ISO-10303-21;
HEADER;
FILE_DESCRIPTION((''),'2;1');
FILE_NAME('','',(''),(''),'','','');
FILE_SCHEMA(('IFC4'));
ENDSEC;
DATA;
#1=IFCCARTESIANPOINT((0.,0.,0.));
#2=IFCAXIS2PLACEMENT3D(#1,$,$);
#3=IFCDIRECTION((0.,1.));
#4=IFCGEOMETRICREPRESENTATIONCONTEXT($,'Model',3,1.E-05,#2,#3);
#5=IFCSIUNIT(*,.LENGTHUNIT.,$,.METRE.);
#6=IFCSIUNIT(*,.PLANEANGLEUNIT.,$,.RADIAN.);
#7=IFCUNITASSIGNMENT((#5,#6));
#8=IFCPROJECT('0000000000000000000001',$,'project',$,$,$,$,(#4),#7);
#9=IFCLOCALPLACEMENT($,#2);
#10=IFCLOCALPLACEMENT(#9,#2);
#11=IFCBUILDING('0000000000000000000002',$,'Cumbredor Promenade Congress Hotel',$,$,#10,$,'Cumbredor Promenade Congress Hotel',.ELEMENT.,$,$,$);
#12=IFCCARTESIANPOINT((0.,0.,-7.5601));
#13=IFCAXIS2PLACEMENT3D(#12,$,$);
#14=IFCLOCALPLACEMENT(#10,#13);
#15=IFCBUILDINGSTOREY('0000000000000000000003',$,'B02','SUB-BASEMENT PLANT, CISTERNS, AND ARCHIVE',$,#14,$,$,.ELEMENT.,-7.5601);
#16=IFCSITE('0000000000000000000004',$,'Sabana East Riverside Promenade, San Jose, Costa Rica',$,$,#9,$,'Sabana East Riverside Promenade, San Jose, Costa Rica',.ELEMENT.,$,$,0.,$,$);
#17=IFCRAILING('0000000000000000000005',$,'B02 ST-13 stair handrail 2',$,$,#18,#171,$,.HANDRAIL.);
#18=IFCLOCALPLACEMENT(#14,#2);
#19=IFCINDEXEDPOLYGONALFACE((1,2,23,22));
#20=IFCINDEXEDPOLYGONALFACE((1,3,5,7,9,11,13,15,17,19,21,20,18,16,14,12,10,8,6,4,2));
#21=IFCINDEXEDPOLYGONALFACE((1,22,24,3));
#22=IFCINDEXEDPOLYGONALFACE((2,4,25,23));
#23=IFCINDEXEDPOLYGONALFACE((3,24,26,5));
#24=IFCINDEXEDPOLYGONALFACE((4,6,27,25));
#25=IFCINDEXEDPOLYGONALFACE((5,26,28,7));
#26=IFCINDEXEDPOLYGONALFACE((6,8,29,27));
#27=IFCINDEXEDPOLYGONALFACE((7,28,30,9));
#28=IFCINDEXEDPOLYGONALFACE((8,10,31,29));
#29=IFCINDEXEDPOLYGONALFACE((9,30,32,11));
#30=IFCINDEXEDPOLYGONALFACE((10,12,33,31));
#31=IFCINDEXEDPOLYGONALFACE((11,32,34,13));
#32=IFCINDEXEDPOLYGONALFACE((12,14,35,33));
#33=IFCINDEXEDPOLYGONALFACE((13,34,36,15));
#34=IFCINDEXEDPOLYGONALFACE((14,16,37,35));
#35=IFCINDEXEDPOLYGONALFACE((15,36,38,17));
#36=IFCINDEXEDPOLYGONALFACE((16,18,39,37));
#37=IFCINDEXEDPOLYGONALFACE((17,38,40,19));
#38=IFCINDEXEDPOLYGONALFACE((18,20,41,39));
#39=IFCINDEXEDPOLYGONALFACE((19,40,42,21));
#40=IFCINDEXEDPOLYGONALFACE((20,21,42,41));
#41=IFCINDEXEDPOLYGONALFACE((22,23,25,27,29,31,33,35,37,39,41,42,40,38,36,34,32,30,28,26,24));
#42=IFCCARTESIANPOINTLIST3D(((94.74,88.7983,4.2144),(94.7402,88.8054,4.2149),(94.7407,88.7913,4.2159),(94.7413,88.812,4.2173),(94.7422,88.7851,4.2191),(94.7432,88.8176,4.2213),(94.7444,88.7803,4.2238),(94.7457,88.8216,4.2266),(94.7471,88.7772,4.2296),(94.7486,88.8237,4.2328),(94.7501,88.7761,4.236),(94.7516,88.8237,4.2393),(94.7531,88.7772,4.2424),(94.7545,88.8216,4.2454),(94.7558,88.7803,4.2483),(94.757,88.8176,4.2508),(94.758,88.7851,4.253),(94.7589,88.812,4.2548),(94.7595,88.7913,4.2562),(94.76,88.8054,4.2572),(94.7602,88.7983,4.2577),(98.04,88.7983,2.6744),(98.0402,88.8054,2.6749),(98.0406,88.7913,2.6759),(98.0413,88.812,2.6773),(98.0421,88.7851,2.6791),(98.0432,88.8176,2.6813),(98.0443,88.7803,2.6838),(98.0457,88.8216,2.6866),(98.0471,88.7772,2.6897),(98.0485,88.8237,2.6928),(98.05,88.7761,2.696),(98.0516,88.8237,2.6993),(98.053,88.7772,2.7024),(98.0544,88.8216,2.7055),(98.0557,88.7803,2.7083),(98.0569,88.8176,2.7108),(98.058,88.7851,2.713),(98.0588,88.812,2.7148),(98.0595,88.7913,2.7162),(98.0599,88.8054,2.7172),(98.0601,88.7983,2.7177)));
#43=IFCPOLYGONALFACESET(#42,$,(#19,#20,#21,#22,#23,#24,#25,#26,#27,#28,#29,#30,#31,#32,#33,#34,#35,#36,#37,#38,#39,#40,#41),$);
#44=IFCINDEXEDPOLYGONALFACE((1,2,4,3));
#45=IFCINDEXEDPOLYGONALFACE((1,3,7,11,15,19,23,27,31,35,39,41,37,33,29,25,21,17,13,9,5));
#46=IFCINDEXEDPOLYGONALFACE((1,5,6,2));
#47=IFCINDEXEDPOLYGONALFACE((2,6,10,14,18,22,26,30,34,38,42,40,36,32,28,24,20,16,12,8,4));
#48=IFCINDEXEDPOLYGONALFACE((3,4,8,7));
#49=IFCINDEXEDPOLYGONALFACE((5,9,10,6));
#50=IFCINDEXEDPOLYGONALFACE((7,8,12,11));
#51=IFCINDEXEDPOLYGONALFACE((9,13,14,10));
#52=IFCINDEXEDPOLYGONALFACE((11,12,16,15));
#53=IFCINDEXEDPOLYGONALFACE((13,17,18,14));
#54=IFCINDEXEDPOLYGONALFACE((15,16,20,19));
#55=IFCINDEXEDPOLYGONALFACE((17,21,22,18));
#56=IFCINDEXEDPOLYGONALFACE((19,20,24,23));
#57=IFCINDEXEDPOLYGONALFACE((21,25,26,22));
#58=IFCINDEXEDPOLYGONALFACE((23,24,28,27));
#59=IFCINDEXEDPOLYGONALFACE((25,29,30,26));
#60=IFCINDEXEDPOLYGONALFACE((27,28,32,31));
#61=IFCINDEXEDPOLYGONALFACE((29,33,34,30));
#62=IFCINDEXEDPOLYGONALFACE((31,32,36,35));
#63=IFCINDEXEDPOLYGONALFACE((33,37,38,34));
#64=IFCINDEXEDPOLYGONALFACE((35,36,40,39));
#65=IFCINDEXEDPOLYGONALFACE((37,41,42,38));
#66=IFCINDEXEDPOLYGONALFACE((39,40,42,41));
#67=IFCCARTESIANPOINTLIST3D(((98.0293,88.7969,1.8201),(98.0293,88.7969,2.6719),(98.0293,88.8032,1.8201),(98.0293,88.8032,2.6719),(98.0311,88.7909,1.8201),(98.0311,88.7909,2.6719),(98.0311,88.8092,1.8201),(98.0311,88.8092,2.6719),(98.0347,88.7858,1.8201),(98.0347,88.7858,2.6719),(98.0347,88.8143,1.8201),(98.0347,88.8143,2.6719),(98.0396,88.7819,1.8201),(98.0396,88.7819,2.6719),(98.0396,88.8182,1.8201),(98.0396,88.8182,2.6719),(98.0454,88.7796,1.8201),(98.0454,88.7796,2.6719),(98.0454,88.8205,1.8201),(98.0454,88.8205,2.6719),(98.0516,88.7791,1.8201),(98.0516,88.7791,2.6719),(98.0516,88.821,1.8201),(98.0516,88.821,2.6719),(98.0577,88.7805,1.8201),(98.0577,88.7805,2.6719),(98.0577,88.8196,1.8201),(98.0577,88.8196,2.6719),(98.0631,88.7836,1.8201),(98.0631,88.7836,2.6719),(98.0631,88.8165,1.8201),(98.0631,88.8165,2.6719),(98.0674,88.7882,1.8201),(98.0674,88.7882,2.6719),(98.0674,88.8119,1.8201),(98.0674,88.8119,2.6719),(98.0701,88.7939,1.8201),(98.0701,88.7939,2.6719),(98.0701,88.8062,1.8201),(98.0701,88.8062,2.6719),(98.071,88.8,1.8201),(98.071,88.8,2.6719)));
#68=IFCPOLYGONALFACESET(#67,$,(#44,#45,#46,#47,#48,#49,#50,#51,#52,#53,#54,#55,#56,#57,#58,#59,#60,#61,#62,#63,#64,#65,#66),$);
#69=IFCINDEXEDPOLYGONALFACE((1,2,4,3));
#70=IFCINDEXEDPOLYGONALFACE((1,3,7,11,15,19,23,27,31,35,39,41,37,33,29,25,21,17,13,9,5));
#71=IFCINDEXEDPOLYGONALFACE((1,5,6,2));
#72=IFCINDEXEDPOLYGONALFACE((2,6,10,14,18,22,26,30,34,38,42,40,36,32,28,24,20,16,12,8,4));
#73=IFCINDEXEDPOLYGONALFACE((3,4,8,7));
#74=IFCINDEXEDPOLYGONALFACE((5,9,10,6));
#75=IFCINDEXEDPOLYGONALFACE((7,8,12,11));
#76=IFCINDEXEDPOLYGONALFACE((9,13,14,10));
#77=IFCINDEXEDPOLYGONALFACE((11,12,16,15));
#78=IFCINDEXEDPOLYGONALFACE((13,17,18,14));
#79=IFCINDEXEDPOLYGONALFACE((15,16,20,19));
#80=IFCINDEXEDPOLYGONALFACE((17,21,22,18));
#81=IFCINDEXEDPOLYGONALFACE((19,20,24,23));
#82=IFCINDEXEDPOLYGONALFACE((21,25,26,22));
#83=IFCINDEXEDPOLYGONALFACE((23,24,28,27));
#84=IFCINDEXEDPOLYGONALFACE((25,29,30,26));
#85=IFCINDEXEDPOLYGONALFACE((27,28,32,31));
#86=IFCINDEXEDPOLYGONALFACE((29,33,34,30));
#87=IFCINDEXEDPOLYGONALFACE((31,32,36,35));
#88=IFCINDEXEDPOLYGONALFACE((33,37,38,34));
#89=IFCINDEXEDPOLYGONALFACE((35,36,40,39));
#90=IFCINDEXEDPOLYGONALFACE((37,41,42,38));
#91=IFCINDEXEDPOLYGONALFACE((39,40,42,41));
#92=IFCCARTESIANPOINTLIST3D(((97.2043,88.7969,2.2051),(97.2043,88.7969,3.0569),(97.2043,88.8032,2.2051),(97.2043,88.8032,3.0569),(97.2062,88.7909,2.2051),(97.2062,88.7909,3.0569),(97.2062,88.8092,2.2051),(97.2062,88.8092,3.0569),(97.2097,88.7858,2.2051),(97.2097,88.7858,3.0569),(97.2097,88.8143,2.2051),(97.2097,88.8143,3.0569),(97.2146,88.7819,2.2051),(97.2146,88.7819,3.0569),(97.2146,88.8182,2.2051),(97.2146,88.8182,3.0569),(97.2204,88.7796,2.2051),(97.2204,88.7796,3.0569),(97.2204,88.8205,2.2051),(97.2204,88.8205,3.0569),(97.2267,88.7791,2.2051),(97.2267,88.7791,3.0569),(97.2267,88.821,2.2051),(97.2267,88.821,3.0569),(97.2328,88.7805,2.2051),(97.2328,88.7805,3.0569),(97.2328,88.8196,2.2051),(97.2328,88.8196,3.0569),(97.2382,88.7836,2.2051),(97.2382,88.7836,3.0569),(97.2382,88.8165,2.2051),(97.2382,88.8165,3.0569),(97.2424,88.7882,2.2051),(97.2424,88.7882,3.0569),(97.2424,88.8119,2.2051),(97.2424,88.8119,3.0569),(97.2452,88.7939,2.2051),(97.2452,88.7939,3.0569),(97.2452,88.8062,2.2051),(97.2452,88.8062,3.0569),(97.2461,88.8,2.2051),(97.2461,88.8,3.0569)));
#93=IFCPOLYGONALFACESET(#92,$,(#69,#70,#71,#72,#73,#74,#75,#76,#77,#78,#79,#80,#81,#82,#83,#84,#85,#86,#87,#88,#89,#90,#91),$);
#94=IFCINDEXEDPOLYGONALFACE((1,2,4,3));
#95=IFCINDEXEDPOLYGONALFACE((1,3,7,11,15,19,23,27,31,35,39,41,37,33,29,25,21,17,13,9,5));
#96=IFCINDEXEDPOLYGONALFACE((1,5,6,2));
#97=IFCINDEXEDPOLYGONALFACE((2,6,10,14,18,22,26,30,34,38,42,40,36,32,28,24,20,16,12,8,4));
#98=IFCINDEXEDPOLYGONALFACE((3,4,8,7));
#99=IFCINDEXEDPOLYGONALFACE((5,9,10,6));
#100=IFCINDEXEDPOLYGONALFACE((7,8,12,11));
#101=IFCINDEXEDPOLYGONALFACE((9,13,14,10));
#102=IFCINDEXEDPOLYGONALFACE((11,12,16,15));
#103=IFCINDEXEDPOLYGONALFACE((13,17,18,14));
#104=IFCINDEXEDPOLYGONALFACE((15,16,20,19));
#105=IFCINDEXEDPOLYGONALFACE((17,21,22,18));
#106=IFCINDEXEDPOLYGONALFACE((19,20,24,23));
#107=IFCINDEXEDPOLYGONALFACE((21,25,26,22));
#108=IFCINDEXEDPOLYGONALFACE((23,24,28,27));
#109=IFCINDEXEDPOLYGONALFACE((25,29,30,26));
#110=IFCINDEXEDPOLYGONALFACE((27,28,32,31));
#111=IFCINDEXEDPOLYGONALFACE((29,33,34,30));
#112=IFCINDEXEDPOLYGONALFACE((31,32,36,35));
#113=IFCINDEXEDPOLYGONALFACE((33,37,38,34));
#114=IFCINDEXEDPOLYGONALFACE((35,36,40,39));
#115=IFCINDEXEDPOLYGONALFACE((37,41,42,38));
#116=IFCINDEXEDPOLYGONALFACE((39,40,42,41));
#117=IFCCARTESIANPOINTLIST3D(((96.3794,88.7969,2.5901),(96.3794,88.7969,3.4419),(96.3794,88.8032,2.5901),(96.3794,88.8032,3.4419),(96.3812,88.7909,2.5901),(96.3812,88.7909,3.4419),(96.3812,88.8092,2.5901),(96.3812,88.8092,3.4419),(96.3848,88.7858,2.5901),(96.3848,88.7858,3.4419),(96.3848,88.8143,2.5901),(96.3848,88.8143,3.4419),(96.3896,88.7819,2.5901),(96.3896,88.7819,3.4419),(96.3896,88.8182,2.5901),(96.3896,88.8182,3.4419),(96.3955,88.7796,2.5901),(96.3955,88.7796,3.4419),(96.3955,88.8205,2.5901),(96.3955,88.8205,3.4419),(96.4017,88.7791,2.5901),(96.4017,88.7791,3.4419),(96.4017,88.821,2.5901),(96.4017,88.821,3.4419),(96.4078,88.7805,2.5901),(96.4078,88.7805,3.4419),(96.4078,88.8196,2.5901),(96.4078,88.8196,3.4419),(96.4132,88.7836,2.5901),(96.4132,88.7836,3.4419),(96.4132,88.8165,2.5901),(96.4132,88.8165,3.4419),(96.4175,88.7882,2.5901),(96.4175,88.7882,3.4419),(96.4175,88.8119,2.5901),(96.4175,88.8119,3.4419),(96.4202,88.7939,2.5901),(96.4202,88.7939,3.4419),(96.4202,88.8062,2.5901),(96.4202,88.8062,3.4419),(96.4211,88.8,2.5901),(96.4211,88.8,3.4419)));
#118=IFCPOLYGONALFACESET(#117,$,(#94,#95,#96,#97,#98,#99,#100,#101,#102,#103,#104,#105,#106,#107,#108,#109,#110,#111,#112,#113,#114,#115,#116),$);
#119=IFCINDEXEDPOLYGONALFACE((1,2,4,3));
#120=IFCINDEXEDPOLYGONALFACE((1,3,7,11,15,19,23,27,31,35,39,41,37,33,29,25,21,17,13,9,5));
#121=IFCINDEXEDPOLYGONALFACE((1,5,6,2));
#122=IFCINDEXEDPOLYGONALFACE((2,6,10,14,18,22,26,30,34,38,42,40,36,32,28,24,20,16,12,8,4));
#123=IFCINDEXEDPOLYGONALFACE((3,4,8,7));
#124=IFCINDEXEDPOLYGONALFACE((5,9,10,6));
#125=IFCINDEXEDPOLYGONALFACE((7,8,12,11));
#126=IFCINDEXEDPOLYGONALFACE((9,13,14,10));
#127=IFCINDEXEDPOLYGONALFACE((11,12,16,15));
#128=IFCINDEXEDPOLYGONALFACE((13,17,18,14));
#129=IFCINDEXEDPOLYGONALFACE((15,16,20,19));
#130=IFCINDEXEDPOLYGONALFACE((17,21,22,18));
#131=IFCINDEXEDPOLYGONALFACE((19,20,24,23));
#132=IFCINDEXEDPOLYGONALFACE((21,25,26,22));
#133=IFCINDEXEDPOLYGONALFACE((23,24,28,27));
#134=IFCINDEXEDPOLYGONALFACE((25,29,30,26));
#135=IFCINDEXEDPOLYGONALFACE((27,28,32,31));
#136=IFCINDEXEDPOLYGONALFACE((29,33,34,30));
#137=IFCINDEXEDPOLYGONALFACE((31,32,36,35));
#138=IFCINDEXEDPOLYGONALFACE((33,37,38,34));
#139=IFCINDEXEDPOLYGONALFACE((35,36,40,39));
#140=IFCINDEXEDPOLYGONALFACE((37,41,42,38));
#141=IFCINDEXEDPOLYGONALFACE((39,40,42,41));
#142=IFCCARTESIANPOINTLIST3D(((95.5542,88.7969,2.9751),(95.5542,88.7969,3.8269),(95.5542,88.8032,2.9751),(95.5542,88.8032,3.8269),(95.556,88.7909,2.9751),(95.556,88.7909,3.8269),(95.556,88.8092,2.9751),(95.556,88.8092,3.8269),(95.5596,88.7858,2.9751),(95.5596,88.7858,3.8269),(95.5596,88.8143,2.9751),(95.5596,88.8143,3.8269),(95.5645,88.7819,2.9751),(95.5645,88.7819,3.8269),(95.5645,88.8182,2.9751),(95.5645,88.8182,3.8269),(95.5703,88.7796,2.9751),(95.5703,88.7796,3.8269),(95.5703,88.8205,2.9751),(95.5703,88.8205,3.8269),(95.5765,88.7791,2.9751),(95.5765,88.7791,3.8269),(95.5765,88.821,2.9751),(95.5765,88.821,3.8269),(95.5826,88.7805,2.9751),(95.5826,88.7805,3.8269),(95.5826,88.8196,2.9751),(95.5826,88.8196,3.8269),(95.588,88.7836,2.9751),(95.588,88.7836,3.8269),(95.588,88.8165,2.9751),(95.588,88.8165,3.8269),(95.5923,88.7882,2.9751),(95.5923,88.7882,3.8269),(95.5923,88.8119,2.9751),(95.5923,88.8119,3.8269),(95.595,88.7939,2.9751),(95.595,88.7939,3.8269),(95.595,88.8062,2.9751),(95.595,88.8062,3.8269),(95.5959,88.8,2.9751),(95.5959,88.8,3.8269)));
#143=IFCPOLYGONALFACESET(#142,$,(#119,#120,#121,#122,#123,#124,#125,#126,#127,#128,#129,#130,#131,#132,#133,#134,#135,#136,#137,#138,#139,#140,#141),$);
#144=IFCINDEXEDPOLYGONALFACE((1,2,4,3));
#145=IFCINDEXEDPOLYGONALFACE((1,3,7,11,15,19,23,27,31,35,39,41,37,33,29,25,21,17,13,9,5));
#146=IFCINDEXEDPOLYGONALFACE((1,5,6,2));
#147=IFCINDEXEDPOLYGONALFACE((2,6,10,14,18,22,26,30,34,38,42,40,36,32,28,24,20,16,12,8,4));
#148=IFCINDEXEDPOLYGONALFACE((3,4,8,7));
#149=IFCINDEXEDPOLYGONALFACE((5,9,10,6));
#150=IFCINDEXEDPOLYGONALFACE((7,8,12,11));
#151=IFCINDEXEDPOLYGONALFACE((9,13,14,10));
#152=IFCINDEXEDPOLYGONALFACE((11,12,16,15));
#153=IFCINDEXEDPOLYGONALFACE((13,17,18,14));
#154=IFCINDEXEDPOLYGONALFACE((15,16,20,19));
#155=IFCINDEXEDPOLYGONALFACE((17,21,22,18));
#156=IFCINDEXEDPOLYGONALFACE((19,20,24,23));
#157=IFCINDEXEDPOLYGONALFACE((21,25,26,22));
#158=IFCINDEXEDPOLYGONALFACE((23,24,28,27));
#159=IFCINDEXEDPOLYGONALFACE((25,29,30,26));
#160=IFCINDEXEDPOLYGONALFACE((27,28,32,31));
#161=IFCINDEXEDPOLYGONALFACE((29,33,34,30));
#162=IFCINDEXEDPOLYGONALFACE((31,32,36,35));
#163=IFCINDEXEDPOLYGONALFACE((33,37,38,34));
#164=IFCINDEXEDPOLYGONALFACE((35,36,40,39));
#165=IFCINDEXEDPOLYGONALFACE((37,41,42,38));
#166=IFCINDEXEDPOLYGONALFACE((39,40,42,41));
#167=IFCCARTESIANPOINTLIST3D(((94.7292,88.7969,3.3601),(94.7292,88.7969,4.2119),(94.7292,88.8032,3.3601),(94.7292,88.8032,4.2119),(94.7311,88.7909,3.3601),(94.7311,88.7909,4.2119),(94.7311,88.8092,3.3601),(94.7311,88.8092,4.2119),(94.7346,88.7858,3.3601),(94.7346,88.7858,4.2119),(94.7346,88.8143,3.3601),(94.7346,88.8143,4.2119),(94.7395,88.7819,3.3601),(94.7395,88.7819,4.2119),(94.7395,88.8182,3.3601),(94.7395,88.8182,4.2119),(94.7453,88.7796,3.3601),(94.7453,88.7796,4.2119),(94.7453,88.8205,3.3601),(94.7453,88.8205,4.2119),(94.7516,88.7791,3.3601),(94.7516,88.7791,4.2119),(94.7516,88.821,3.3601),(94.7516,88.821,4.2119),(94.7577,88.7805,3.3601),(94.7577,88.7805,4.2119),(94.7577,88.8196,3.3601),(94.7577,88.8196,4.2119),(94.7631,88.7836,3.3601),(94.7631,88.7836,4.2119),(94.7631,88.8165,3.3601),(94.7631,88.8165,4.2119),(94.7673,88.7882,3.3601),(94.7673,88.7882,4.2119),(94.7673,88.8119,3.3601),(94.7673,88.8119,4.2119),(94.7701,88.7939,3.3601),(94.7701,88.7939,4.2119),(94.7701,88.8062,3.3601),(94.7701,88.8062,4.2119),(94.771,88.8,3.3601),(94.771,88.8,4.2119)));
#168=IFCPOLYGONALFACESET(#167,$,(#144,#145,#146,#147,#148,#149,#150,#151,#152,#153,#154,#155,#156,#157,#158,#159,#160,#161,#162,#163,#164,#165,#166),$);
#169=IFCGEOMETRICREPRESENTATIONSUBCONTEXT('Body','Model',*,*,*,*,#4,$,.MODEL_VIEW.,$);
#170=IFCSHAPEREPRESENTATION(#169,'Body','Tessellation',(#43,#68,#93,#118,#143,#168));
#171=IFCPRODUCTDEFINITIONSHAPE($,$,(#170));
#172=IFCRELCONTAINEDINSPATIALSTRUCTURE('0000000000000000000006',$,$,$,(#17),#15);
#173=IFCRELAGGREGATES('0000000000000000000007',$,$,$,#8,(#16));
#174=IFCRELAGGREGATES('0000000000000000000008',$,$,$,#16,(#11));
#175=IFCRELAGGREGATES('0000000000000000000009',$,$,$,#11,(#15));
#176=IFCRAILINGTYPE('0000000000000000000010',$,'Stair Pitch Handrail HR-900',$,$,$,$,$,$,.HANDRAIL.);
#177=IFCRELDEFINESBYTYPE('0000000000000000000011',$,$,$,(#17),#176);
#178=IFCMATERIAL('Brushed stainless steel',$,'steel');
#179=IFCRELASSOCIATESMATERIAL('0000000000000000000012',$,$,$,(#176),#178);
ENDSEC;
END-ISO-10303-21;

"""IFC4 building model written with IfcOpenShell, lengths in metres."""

from ifc_helpers import new_model, si_unit, direction, frame, origin, origin_2d, place, context, subcontext, project, spatial, circle, extrude, material, type_object, element, save


model = new_model("IFC4")

# Units and contexts
model_context = context("Model", 3, precision=1e-05, world=origin(), true_north=direction((0.0, 1.0)))
body_context = subcontext(model_context, "Body", "Model", "MODEL_VIEW")
ifc_project = project(units=[si_unit("LENGTHUNIT", "METRE"), si_unit("PLANEANGLEUNIT", "RADIAN")], contexts=[model_context])

# Site, building, storey
site_placement = place(None, origin())
site = spatial("IfcSite", under=ifc_project, at=site_placement, Name="Sabana East Riverside Promenade, San Jose, Costa Rica", LongName="Sabana East Riverside Promenade, San Jose, Costa Rica", CompositionType="ELEMENT", RefElevation=0.0)
building_placement = place(site_placement, origin())
building = spatial("IfcBuilding", under=site, at=building_placement, Name="Cumbredor Promenade Congress Hotel", LongName="Cumbredor Promenade Congress Hotel", CompositionType="ELEMENT")
storey_placement = place(building_placement, frame((0.0, 0.0, -7.5601)))
storey = spatial("IfcBuildingStorey", under=building, at=storey_placement, Name="B02", Description="SUB-BASEMENT PLANT, CISTERNS, AND ARCHIVE", CompositionType="ELEMENT", Elevation=-7.5601)

# Railing
ifc_material_1 = material(Name="Brushed stainless steel", Category="steel")
railing_type_1 = type_object("IfcRailingType", Name="Stair Pitch Handrail HR-900", PredefinedType="HANDRAIL", material=ifc_material_1)
railing_1_placement = place(storey_placement, frame((98.05, 88.8, 1.8201)))
element("IfcRailing", 1, at=railing_1_placement, inside=storey, type_object=railing_type_1, Name="B02 ST-13 stair handrail 2", PredefinedType="HANDRAIL", context=body_context, shape_type="SweptSolid", body=[
    extrude(circle(Radius=0.0239, at=origin_2d()), frame((0.0, 0.0, 0.876), z_axis=(-0.906181, 0.0, 0.422889), x_axis=(0.0, -1.0, 0.0)), (0.0, 0.0, 1.0), 3.6416),
    extrude(circle(Radius=0.021, at=origin_2d()), origin(), (0.0, 0.0, 1.0), 0.8518),
    extrude(circle(Radius=0.021, at=origin_2d()), frame((-0.825, 0.0, 0.385)), (0.0, 0.0, 1.0), 0.8518),
    extrude(circle(Radius=0.021, at=origin_2d()), frame((-1.6499, 0.0, 0.77)), (0.0, 0.0, 1.0), 0.8518),
    extrude(circle(Radius=0.021, at=origin_2d()), frame((-2.4751, 0.0, 1.155)), (0.0, 0.0, 1.0), 0.8518),
    extrude(circle(Radius=0.021, at=origin_2d()), frame((-3.3, 0.0, 1.54)), (0.0, 0.0, 1.0), 0.8518),
])

save(model, "model.ifc")
